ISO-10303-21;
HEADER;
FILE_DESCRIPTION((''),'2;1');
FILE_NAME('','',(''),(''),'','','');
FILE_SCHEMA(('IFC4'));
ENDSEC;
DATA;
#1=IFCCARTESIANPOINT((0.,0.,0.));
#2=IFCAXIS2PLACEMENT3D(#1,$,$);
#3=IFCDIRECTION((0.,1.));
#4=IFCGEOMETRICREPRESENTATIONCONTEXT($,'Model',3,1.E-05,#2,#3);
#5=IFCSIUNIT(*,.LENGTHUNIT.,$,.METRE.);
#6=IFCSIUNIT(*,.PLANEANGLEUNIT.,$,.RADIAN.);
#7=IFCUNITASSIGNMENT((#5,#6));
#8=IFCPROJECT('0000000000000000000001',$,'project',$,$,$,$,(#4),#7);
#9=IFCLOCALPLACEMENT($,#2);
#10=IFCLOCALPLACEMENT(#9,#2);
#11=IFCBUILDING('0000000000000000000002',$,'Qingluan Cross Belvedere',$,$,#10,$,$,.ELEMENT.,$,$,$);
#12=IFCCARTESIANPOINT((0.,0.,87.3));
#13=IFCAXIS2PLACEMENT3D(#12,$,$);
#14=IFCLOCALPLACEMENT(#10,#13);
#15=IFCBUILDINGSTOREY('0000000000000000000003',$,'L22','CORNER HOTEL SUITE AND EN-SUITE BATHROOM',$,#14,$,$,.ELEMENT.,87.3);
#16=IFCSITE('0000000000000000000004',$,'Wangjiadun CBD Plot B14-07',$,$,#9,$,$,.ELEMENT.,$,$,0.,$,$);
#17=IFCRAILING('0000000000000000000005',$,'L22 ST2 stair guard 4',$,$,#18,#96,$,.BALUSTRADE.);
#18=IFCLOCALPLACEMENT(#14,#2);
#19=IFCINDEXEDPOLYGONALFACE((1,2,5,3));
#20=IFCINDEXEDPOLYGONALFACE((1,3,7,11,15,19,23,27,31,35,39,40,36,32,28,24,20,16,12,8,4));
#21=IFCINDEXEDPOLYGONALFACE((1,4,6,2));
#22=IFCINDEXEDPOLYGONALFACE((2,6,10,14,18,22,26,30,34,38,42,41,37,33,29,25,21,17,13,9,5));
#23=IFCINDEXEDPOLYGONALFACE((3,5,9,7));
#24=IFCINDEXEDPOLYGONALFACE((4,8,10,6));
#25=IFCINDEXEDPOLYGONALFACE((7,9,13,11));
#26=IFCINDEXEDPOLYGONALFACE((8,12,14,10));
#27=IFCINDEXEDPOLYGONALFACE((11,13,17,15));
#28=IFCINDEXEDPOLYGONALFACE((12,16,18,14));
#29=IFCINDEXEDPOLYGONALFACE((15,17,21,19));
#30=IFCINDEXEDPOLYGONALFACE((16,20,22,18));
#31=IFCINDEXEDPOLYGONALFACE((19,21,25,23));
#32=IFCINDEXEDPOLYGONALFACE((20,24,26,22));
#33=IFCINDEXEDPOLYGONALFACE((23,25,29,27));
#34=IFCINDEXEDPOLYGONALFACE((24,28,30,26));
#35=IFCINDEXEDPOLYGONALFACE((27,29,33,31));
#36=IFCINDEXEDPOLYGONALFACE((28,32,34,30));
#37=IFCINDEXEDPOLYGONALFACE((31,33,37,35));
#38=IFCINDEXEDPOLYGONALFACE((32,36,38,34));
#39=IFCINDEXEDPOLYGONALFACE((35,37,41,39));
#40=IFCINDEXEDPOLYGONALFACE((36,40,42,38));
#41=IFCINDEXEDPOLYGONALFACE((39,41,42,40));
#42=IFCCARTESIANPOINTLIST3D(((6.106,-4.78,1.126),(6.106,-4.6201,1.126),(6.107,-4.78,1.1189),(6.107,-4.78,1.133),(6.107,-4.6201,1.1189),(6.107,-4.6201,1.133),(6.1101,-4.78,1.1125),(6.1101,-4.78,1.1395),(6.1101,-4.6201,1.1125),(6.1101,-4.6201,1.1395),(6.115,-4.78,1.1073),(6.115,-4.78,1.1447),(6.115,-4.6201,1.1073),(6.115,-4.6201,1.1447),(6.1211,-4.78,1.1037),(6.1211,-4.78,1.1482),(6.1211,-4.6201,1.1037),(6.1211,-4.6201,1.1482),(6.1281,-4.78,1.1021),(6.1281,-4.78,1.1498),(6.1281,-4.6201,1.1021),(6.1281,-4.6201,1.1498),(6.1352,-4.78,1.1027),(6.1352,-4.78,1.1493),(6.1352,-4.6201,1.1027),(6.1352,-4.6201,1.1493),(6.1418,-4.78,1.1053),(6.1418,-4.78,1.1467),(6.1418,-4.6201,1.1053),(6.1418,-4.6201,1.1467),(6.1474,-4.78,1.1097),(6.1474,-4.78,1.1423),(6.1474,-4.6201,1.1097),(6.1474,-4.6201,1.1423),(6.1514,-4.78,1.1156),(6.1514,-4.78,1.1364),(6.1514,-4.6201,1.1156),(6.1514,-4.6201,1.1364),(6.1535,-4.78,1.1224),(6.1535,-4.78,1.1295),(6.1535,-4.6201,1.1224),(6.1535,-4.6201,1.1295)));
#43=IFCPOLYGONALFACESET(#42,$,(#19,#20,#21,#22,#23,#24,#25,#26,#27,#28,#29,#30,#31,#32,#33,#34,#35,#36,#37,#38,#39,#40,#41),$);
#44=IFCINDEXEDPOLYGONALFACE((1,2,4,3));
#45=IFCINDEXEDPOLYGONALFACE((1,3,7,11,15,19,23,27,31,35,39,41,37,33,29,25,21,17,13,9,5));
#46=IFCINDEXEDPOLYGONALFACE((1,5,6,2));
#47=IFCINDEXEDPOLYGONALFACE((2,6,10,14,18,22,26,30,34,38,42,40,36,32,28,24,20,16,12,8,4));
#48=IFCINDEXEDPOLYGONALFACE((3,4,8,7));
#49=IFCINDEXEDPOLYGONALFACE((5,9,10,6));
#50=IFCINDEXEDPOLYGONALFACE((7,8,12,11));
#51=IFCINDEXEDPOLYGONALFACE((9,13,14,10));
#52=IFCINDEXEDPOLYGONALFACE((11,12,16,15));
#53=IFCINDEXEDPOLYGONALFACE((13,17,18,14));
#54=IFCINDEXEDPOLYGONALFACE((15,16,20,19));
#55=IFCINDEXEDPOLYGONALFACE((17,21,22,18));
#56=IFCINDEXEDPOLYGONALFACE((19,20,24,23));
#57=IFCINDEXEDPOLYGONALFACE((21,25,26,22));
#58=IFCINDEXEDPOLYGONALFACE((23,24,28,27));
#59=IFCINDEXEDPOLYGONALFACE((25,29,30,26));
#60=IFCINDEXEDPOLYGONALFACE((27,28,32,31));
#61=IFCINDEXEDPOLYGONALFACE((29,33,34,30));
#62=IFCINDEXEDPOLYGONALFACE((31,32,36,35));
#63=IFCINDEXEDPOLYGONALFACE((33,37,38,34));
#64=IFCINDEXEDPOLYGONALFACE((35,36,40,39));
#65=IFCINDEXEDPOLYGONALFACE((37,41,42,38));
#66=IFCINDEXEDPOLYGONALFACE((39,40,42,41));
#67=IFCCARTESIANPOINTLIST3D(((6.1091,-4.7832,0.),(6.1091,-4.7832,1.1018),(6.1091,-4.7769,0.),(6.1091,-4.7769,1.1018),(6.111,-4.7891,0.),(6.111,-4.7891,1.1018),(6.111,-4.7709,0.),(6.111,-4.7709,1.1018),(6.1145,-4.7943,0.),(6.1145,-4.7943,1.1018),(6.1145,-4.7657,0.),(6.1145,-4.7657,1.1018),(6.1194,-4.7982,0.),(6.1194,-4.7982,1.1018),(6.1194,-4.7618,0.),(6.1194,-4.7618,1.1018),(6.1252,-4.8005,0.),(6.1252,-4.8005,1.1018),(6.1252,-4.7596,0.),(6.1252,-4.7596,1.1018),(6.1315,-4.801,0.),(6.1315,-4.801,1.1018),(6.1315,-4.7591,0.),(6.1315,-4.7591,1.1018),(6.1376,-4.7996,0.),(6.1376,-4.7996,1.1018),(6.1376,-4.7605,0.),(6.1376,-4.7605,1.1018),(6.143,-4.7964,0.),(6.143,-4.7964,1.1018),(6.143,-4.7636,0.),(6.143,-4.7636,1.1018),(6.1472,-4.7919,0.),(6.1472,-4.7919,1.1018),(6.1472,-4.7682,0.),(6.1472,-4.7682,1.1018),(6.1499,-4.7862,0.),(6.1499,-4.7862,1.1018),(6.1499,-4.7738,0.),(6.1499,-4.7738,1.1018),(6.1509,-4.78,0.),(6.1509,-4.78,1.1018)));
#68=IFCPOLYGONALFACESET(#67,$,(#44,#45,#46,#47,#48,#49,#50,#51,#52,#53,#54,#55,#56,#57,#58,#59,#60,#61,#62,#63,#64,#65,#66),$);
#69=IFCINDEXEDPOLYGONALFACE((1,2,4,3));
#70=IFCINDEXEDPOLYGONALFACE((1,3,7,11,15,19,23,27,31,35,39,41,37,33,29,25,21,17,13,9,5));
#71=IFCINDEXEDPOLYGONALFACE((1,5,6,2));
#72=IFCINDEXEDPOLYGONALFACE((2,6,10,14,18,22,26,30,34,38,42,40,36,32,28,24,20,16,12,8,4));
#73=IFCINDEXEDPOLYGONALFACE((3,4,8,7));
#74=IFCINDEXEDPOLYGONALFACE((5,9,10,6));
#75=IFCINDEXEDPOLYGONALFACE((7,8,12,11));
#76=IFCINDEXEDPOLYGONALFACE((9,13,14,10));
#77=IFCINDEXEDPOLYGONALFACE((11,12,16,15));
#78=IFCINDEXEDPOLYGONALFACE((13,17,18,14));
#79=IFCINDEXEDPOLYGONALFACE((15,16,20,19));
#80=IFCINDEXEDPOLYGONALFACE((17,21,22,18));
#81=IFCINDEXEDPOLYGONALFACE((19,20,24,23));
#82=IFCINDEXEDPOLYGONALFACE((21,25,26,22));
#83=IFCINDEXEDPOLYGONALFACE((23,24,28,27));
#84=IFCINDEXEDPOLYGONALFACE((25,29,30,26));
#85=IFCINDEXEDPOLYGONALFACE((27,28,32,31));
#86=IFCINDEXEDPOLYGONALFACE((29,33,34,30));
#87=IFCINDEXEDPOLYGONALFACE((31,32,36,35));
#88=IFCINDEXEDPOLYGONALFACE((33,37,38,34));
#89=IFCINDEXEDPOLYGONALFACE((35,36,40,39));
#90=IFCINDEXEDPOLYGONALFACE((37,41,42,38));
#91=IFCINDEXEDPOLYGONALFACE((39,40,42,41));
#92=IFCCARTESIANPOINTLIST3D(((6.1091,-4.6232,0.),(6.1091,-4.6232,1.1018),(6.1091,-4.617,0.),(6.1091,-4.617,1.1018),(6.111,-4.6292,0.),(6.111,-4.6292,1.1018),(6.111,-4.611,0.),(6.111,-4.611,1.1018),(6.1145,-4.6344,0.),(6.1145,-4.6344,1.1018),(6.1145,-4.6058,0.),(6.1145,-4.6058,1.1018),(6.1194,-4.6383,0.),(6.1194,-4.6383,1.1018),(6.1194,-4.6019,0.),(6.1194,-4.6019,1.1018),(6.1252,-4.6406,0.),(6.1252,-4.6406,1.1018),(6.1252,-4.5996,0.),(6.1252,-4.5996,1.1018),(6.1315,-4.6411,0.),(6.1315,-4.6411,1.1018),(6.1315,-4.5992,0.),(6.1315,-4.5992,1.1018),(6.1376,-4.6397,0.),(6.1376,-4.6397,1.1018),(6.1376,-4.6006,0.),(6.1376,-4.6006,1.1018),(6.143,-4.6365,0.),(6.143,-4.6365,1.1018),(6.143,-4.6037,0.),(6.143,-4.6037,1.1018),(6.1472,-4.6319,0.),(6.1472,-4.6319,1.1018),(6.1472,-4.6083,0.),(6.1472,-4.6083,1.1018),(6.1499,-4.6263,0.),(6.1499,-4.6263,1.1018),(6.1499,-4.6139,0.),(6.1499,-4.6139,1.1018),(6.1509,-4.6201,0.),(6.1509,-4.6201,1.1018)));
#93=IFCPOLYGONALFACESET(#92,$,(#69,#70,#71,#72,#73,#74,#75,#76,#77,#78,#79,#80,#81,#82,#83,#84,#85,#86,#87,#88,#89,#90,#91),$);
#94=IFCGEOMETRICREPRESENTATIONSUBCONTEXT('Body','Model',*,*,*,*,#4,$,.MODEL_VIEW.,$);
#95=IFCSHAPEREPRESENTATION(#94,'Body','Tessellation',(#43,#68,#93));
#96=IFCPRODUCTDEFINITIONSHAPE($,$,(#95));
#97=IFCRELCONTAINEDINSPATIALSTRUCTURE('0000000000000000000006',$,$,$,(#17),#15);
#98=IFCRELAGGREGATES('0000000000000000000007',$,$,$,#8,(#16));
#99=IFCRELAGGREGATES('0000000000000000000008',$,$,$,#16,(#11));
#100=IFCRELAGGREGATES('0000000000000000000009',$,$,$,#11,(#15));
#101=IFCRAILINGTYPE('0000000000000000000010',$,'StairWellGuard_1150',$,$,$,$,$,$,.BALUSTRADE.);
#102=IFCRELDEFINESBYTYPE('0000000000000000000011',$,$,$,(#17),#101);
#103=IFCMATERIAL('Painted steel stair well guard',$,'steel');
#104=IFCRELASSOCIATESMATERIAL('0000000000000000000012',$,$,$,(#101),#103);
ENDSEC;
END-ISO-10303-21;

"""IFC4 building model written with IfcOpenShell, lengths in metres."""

from ifc_helpers import new_model, si_unit, direction, frame, origin, origin_2d, place, context, subcontext, project, spatial, circle, extrude, material, type_object, element, save


model = new_model("IFC4")

# Units and contexts
model_context = context("Model", 3, precision=1e-05, world=origin(), true_north=direction((0.0, 1.0)))
body_context = subcontext(model_context, "Body", "Model", "MODEL_VIEW")
ifc_project = project(units=[si_unit("LENGTHUNIT", "METRE"), si_unit("PLANEANGLEUNIT", "RADIAN")], contexts=[model_context])

# Site, building, storey
site_placement = place(None, origin())
site = spatial("IfcSite", under=ifc_project, at=site_placement, Name="Wangjiadun CBD Plot B14-07", CompositionType="ELEMENT", RefElevation=0.0)
building_placement = place(site_placement, origin())
building = spatial("IfcBuilding", under=site, at=building_placement, Name="Qingluan Cross Belvedere", CompositionType="ELEMENT")
storey_placement = place(building_placement, frame((0.0, 0.0, 87.3)))
storey = spatial("IfcBuildingStorey", under=building, at=storey_placement, Name="L22", Description="CORNER HOTEL SUITE AND EN-SUITE BATHROOM", CompositionType="ELEMENT", Elevation=87.3)

# Railing
ifc_material_1 = material(Name="Painted steel stair well guard", Category="steel")
railing_type_1 = type_object("IfcRailingType", Name="StairWellGuard_1150", PredefinedType="BALUSTRADE", material=ifc_material_1)
railing_1_placement = place(storey_placement, frame((6.1299, -4.78, 0.0)))
element("IfcRailing", 1, at=railing_1_placement, inside=storey, type_object=railing_type_1, Name="L22 ST2 stair guard 4", PredefinedType="BALUSTRADE", context=body_context, shape_type="SweptSolid", body=[
    extrude(circle(Radius=0.0239, at=origin_2d()), frame((0.0, 0.0, 1.126), z_axis=(0.0, 1.0, 0.0), x_axis=(-1.0, 0.0, 0.0)), (0.0, 0.0, 1.0), 0.1599),
    extrude(circle(Radius=0.021, at=origin_2d()), origin(), (0.0, 0.0, 1.0), 1.1018),
    extrude(circle(Radius=0.021, at=origin_2d()), frame((0.0, 0.1599, 0.0)), (0.0, 0.0, 1.0), 1.1018),
])

save(model, "model.ifc")
